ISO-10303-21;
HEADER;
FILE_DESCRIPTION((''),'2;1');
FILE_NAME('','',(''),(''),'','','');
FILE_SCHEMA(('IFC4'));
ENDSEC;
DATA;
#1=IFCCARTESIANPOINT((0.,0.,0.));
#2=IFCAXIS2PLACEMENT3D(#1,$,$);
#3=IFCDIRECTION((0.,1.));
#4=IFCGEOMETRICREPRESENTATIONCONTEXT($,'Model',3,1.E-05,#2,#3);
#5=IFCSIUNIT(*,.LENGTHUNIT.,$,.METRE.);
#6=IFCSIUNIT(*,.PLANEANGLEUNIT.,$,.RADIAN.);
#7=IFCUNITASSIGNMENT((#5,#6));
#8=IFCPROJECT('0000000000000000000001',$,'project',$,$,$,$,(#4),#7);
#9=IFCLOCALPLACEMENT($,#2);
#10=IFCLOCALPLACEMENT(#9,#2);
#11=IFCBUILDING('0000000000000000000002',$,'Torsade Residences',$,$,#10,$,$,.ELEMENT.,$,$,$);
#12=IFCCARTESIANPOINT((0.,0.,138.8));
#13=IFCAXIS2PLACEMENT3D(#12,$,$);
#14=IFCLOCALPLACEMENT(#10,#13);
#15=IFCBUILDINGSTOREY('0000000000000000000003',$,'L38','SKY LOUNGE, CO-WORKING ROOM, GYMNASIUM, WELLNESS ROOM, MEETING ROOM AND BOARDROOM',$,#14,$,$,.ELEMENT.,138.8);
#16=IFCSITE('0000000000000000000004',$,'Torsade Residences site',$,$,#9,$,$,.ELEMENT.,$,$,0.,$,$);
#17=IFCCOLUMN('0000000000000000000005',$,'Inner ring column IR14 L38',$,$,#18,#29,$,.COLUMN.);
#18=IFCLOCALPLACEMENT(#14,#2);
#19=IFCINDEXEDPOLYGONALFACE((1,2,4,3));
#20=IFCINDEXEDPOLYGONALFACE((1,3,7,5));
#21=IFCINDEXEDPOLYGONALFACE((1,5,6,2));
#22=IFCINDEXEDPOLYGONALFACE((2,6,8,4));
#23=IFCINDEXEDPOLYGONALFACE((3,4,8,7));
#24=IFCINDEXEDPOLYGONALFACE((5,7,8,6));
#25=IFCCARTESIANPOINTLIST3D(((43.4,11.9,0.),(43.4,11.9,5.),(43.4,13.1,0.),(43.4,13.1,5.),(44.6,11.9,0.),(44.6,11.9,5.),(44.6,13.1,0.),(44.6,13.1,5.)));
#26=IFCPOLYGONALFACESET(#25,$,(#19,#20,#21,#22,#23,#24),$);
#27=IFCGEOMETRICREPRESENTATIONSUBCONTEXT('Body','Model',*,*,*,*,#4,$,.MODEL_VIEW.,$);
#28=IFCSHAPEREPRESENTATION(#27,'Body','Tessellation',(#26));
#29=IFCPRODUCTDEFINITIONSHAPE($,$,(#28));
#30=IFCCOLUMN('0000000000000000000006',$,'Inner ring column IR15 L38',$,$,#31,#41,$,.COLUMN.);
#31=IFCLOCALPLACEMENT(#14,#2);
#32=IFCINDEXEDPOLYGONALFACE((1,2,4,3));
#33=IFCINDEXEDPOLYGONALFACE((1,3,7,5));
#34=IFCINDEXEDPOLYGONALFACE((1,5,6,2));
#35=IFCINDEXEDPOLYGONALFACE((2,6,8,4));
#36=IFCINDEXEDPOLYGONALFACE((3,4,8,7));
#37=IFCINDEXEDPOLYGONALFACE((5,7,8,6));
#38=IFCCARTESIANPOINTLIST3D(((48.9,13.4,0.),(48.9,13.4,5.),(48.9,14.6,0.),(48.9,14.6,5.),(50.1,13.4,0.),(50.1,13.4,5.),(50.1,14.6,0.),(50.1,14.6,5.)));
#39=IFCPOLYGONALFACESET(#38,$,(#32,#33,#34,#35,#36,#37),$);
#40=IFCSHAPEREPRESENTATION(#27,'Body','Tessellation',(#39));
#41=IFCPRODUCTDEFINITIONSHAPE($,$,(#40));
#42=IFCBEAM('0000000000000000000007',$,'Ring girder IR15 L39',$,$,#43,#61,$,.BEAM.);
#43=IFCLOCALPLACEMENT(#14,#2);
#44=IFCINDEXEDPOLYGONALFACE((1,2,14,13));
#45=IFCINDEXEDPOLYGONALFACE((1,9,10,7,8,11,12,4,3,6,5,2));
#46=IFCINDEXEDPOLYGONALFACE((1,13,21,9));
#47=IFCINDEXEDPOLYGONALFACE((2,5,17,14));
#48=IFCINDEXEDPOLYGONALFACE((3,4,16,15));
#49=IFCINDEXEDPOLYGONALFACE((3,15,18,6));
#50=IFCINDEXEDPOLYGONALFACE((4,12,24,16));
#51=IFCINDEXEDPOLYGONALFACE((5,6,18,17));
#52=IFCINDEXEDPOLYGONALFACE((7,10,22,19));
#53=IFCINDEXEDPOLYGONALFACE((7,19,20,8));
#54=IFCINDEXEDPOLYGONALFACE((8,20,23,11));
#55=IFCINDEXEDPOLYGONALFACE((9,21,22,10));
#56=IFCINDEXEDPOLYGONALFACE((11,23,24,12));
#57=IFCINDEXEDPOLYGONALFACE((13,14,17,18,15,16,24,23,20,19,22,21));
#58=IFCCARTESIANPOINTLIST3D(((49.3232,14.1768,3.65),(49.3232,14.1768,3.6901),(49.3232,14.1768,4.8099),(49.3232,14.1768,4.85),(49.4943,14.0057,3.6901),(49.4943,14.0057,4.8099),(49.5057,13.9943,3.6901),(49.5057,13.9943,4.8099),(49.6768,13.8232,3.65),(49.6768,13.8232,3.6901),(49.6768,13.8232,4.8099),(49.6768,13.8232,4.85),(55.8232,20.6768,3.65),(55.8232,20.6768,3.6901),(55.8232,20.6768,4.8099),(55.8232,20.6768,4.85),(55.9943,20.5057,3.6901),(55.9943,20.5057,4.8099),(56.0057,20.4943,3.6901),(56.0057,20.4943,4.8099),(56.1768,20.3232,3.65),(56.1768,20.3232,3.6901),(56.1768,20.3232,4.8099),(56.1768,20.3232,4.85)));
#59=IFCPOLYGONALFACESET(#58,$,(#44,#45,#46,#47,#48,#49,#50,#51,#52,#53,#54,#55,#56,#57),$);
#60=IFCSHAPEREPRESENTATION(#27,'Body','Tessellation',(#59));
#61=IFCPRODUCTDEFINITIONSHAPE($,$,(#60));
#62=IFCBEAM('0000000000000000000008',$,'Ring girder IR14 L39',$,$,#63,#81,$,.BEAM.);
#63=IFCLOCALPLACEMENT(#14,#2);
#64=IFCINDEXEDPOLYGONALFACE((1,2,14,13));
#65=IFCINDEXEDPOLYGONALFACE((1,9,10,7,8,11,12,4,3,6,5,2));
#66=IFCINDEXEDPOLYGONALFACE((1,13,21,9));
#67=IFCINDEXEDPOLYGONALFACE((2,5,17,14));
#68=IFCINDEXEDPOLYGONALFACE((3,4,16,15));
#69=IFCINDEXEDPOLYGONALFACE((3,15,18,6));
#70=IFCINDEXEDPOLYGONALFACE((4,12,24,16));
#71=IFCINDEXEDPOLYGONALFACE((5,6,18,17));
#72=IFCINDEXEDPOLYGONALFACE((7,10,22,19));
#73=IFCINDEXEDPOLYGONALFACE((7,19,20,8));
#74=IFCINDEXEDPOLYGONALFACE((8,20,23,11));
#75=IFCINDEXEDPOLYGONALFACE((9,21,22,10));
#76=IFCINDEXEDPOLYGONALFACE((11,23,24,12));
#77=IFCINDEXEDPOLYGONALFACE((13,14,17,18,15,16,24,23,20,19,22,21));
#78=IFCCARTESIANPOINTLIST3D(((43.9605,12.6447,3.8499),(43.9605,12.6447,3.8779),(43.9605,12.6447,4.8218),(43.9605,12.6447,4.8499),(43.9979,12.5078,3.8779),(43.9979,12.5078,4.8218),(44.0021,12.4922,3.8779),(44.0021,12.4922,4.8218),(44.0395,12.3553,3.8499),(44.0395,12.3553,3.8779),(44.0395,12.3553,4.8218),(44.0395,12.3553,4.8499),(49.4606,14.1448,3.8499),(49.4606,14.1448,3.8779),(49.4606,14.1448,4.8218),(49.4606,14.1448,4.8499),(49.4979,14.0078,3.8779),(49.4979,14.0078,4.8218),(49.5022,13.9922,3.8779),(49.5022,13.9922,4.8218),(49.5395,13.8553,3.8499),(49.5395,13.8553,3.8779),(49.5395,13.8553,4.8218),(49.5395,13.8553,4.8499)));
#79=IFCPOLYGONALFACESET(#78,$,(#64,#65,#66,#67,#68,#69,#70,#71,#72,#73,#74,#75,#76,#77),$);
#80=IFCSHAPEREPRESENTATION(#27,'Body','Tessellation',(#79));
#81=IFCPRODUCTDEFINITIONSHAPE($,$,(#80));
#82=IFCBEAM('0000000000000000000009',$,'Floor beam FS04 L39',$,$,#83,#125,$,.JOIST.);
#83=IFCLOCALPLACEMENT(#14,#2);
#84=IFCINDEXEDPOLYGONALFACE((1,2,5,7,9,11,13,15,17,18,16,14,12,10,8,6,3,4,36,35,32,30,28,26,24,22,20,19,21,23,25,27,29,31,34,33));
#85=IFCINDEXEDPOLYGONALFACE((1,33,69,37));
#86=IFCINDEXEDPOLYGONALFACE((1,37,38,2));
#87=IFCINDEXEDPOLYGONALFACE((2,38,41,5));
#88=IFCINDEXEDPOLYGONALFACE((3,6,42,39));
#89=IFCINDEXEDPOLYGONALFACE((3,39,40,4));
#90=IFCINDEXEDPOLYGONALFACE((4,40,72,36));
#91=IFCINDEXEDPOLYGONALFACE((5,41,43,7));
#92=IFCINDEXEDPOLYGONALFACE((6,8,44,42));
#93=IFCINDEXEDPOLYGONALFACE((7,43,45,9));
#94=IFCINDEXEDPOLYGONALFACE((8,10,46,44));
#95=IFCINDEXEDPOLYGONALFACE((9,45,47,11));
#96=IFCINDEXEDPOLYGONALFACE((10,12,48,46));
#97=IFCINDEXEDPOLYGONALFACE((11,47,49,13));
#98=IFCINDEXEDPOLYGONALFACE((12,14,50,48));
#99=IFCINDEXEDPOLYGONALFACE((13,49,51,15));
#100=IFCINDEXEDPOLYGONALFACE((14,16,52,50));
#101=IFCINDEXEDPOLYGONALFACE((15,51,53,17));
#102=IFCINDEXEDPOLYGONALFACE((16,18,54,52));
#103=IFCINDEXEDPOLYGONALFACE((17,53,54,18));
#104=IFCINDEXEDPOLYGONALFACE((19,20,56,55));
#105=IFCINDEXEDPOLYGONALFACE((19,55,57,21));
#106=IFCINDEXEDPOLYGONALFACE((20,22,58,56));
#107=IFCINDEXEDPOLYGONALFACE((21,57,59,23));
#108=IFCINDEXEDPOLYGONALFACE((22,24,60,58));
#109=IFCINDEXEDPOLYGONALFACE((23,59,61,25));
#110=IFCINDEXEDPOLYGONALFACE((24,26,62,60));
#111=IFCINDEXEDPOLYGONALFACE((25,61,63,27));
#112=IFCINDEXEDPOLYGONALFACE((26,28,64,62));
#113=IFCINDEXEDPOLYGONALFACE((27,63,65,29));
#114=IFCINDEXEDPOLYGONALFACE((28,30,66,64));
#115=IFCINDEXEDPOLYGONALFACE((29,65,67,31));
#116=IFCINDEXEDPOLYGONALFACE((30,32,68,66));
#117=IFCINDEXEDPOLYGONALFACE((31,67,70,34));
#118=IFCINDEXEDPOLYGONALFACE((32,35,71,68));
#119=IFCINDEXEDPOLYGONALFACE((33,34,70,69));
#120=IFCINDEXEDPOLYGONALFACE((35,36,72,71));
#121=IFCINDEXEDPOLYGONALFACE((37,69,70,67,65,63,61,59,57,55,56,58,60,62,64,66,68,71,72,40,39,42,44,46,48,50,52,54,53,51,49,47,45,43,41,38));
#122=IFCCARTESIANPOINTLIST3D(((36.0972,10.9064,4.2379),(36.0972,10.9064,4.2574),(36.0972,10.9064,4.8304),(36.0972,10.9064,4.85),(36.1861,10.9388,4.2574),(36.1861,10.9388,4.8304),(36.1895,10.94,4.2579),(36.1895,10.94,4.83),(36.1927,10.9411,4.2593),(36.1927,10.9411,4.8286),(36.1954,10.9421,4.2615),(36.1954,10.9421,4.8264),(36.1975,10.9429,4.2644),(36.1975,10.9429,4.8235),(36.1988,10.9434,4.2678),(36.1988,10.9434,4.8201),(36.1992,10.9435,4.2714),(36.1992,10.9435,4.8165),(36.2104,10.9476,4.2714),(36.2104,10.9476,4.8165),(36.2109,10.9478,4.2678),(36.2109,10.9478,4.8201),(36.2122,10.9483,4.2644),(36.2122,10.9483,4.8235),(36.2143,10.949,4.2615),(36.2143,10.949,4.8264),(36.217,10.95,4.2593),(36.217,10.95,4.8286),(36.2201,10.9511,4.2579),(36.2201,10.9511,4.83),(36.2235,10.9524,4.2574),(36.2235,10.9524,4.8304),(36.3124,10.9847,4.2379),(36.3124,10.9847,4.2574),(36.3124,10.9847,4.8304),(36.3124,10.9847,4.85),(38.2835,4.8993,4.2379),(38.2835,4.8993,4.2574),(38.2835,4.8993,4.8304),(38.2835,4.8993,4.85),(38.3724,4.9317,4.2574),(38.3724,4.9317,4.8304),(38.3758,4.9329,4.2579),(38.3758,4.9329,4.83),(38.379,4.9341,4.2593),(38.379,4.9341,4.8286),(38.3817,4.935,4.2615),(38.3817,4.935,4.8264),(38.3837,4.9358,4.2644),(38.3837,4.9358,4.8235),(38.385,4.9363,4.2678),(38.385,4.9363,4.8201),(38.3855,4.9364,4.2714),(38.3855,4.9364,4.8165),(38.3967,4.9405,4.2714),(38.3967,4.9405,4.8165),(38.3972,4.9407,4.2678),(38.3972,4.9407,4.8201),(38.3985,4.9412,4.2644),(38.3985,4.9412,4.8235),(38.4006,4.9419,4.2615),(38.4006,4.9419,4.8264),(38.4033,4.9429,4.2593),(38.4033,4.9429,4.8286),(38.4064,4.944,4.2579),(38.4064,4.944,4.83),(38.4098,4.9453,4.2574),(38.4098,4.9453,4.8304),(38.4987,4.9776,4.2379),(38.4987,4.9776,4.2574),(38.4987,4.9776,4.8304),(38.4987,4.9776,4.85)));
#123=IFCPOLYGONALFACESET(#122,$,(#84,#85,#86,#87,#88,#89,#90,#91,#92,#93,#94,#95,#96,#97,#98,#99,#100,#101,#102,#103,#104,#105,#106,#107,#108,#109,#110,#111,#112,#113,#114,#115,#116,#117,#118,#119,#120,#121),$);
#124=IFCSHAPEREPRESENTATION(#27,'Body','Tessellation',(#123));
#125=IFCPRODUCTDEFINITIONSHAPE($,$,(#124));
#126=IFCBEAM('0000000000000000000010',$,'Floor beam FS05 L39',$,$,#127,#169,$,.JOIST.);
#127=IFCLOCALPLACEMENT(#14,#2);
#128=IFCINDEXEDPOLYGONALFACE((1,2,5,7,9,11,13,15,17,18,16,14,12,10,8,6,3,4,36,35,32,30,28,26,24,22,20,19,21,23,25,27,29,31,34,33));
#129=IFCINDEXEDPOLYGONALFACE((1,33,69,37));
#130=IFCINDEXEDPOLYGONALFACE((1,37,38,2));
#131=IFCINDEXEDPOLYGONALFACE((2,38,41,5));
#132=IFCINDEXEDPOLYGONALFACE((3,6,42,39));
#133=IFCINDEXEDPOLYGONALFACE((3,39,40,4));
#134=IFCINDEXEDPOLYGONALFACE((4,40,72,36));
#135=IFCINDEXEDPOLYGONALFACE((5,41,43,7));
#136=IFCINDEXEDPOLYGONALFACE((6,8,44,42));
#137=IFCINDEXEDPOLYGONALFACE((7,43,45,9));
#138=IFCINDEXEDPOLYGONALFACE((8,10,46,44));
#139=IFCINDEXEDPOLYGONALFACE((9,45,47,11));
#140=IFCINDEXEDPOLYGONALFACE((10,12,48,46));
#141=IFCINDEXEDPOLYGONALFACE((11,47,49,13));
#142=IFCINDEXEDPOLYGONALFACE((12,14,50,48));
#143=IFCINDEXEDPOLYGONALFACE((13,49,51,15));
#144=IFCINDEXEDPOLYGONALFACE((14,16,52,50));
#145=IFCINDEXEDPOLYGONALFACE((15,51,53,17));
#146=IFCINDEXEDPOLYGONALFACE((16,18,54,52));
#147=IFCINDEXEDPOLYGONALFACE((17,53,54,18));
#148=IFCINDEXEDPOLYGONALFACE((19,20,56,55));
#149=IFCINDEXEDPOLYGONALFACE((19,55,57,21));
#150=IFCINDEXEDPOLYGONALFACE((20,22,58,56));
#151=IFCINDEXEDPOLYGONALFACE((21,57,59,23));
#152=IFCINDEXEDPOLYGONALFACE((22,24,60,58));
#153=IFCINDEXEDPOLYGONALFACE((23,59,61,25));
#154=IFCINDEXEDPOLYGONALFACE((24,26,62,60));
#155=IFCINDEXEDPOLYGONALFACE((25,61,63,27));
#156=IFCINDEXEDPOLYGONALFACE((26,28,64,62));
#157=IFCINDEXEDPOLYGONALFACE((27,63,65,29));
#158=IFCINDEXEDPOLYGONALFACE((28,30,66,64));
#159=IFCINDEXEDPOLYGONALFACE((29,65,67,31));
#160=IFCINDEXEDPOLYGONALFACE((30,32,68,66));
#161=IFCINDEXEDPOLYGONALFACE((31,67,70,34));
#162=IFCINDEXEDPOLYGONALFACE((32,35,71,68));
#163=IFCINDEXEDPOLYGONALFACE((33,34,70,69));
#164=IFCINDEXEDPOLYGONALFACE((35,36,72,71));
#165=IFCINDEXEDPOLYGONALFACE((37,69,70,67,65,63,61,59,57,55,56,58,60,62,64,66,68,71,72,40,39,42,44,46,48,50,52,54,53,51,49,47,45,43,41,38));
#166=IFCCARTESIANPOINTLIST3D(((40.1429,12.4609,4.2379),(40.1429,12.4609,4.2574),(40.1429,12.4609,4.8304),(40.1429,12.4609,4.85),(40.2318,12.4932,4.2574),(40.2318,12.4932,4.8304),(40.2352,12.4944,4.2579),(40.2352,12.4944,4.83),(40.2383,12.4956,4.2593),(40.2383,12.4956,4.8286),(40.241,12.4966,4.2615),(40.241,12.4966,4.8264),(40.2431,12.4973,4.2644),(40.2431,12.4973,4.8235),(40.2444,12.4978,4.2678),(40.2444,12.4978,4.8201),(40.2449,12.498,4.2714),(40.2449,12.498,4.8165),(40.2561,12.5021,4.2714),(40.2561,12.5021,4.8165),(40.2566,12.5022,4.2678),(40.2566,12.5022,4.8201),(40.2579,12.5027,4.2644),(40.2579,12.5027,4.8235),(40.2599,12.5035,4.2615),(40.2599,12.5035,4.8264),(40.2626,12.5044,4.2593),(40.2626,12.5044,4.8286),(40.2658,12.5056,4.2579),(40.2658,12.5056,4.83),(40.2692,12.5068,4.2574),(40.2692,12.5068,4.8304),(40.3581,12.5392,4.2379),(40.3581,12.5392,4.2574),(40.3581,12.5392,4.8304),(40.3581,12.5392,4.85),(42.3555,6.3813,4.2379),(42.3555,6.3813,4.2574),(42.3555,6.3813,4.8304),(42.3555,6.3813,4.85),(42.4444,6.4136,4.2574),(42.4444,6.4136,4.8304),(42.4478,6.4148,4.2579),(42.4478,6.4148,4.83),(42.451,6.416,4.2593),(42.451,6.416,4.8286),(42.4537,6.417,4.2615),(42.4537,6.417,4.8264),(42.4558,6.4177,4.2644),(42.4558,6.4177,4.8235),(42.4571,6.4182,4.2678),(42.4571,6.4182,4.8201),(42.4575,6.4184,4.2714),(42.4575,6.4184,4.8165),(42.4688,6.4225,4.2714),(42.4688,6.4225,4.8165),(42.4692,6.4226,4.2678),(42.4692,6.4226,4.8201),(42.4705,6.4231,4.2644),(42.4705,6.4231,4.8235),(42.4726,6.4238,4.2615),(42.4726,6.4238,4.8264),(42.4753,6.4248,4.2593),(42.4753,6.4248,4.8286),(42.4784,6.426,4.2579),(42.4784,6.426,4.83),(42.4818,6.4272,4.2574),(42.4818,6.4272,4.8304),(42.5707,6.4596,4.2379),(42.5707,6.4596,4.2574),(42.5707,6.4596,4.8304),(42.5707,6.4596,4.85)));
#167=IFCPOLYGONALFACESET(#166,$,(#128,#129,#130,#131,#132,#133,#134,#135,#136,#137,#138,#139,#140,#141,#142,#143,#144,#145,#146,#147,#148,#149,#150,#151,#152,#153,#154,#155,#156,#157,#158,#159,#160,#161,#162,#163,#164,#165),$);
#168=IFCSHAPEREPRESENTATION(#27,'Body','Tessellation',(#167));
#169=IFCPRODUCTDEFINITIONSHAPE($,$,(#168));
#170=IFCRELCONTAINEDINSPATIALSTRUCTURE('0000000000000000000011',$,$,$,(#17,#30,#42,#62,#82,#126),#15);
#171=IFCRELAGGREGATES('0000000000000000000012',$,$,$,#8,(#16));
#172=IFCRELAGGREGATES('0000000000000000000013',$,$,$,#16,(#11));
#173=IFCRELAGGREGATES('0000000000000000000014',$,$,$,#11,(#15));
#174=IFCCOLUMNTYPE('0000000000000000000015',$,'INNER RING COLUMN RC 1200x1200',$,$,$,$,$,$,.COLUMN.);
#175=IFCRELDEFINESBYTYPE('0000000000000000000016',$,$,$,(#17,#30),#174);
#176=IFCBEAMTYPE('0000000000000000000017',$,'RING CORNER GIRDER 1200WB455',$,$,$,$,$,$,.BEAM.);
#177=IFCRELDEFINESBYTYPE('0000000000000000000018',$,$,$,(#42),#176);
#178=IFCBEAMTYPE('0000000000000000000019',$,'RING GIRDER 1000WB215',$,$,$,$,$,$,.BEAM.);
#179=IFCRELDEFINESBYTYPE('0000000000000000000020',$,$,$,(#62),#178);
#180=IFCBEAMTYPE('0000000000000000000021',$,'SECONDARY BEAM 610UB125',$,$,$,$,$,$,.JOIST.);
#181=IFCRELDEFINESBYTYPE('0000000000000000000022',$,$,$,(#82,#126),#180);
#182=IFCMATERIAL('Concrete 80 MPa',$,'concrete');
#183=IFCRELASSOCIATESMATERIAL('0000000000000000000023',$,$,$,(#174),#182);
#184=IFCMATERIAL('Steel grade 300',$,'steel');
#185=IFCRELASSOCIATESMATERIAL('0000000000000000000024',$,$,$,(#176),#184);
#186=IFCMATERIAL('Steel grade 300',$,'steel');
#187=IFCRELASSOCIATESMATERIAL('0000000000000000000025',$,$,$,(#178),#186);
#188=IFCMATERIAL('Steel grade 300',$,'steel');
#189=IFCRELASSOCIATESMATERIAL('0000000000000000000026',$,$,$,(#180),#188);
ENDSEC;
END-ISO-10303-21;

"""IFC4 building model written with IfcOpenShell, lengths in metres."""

from ifc_helpers import new_model, si_unit, direction, frame, origin, origin_2d, place, context, subcontext, project, spatial, rectangle, i_section, extrude, material, material_profile, profile_set, type_object, element, save


model = new_model("IFC4")

# Units and contexts
model_context = context("Model", 3, precision=1e-05, world=origin(), true_north=direction((0.0, 1.0)))
body_context = subcontext(model_context, "Body", "Model", "MODEL_VIEW")
ifc_project = project(units=[si_unit("LENGTHUNIT", "METRE"), si_unit("PLANEANGLEUNIT", "RADIAN")], contexts=[model_context])

# Site, building, storey
site_placement = place(None, origin())
site = spatial("IfcSite", under=ifc_project, at=site_placement, Name="Torsade Residences site", CompositionType="ELEMENT", RefElevation=0.0)
building_placement = place(site_placement, origin())
building = spatial("IfcBuilding", under=site, at=building_placement, Name="Torsade Residences", CompositionType="ELEMENT")
storey_placement = place(building_placement, frame((0.0, 0.0, 138.8)))
storey = spatial("IfcBuildingStorey", under=building, at=storey_placement, Name="L38", Description="SKY LOUNGE, CO-WORKING ROOM, GYMNASIUM, WELLNESS ROOM, MEETING ROOM AND BOARDROOM", CompositionType="ELEMENT", Elevation=138.8)

# Columns
ifc_material_1 = material(Name="Concrete 80 MPa", Category="concrete")
ifc_material_profile_1 = material_profile(ifc_material_1, rectangle(XDim=1.2, YDim=1.2, at=origin_2d()), Name="RC 1200x1200")
ifc_profile_set_1 = profile_set([ifc_material_profile_1], Name="Concrete 80 MPa")
column_type = type_object("IfcColumnType", Name="INNER RING COLUMN RC 1200x1200", PredefinedType="COLUMN", material=ifc_profile_set_1)
for number, where, z_axis, x_axis, name in (
    (1, (44.0, 12.5, 0.0), (0.0, 0.0, 1.0), (1.0, 0.0, 0.0), "Inner ring column IR14 L38"),
    (2, (49.5, 14.0, 0.0), (0.0, 0.0, 1.0), (1.0, 0.0, 0.0), "Inner ring column IR15 L38"),
):
    element("IfcColumn", number, at=place(storey_placement, frame(where, z_axis=z_axis, x_axis=x_axis)), inside=storey, type_object=column_type, Name=name, PredefinedType="COLUMN", context=body_context, shape_type="SweptSolid", body=[
        extrude(rectangle(XDim=1.2, YDim=1.2, at=origin_2d()), origin(), (0.0, 0.0, 1.0), 5.0),
    ])

# Beams
ifc_material_2 = material(Name="Steel grade 300", Category="steel")
ifc_material_profile_2 = material_profile(ifc_material_2, i_section(OverallWidth=0.5, OverallDepth=1.2, WebThickness=0.0161, FlangeThickness=0.04, at=origin_2d()), Name="1200WB455")
ifc_profile_set_2 = profile_set([ifc_material_profile_2], Name="Steel grade 300")
beam_type_1 = type_object("IfcBeamType", Name="RING CORNER GIRDER 1200WB455", PredefinedType="BEAM", material=ifc_profile_set_2)
beam_1_placement = place(storey_placement, frame((49.5, 14.0, 4.25), z_axis=(0.707107, 0.707107, 0.0), x_axis=(-0.707107, 0.707107, 0.0)))
element("IfcBeam", 3, at=beam_1_placement, inside=storey, type_object=beam_type_1, Name="Ring girder IR15 L39", PredefinedType="BEAM", context=body_context, shape_type="SweptSolid", body=[
    extrude(i_section(OverallWidth=0.5, OverallDepth=1.2, WebThickness=0.0161, FlangeThickness=0.04, at=origin_2d()), origin(), (0.0, 0.0, 1.0), 9.1924),
])
ifc_material_3 = material(Name="Steel grade 300", Category="steel")
ifc_material_profile_3 = material_profile(ifc_material_3, i_section(OverallWidth=0.3, OverallDepth=1.0, WebThickness=0.0161, FlangeThickness=0.0281, at=origin_2d()), Name="1000WB215")
ifc_profile_set_3 = profile_set([ifc_material_profile_3], Name="Steel grade 300")
beam_type_2 = type_object("IfcBeamType", Name="RING GIRDER 1000WB215", PredefinedType="BEAM", material=ifc_profile_set_3)
beam_2_placement = place(storey_placement, frame((44.0, 12.5, 4.3499), z_axis=(0.964764, 0.263117, 0.0), x_axis=(-0.263117, 0.964764, 0.0)))
element("IfcBeam", 4, at=beam_2_placement, inside=storey, type_object=beam_type_2, Name="Ring girder IR14 L39", PredefinedType="BEAM", context=body_context, shape_type="SweptSolid", body=[
    extrude(i_section(OverallWidth=0.3, OverallDepth=1.0, WebThickness=0.0161, FlangeThickness=0.0281, at=origin_2d()), origin(), (0.0, 0.0, 1.0), 5.7009),
])
ifc_material_4 = material(Name="Steel grade 300", Category="steel")
ifc_material_profile_4 = material_profile(ifc_material_4, i_section(OverallWidth=0.229, OverallDepth=0.6121, WebThickness=0.012, FlangeThickness=0.0195, FilletRadius=0.0139, at=origin_2d()), Name="610UB125")
ifc_profile_set_4 = profile_set([ifc_material_profile_4], Name="Steel grade 300")
beam_type_3 = type_object("IfcBeamType", Name="SECONDARY BEAM 610UB125", PredefinedType="JOIST", material=ifc_profile_set_4)
beam_3_placement = place(storey_placement, frame((38.3911, 4.9385, 4.5439), z_axis=(-0.342004, 0.939699, 0.0), x_axis=(-0.939699, -0.342004, 0.0)))
element("IfcBeam", 5, at=beam_3_placement, inside=storey, type_object=beam_type_3, Name="Floor beam FS04 L39", PredefinedType="JOIST", context=body_context, shape_type="SweptSolid", body=[
    extrude(i_section(OverallWidth=0.229, OverallDepth=0.6121, WebThickness=0.012, FlangeThickness=0.0195, FilletRadius=0.0139, at=origin_2d()), origin(), (0.0, 0.0, 1.0), 6.3926),
])
beam_4_placement = place(storey_placement, frame((42.4631, 6.4204, 4.5439), z_axis=(-0.342001, 0.9397, 0.0), x_axis=(-0.9397, -0.342001, 0.0)))
element("IfcBeam", 6, at=beam_4_placement, inside=storey, type_object=beam_type_3, Name="Floor beam FS05 L39", PredefinedType="JOIST", context=body_context, shape_type="SweptSolid", body=[
    extrude(i_section(OverallWidth=0.229, OverallDepth=0.6121, WebThickness=0.012, FlangeThickness=0.0195, FilletRadius=0.0139, at=origin_2d()), origin(), (0.0, 0.0, 1.0), 6.4697),
])

save(model, "model.ifc")
